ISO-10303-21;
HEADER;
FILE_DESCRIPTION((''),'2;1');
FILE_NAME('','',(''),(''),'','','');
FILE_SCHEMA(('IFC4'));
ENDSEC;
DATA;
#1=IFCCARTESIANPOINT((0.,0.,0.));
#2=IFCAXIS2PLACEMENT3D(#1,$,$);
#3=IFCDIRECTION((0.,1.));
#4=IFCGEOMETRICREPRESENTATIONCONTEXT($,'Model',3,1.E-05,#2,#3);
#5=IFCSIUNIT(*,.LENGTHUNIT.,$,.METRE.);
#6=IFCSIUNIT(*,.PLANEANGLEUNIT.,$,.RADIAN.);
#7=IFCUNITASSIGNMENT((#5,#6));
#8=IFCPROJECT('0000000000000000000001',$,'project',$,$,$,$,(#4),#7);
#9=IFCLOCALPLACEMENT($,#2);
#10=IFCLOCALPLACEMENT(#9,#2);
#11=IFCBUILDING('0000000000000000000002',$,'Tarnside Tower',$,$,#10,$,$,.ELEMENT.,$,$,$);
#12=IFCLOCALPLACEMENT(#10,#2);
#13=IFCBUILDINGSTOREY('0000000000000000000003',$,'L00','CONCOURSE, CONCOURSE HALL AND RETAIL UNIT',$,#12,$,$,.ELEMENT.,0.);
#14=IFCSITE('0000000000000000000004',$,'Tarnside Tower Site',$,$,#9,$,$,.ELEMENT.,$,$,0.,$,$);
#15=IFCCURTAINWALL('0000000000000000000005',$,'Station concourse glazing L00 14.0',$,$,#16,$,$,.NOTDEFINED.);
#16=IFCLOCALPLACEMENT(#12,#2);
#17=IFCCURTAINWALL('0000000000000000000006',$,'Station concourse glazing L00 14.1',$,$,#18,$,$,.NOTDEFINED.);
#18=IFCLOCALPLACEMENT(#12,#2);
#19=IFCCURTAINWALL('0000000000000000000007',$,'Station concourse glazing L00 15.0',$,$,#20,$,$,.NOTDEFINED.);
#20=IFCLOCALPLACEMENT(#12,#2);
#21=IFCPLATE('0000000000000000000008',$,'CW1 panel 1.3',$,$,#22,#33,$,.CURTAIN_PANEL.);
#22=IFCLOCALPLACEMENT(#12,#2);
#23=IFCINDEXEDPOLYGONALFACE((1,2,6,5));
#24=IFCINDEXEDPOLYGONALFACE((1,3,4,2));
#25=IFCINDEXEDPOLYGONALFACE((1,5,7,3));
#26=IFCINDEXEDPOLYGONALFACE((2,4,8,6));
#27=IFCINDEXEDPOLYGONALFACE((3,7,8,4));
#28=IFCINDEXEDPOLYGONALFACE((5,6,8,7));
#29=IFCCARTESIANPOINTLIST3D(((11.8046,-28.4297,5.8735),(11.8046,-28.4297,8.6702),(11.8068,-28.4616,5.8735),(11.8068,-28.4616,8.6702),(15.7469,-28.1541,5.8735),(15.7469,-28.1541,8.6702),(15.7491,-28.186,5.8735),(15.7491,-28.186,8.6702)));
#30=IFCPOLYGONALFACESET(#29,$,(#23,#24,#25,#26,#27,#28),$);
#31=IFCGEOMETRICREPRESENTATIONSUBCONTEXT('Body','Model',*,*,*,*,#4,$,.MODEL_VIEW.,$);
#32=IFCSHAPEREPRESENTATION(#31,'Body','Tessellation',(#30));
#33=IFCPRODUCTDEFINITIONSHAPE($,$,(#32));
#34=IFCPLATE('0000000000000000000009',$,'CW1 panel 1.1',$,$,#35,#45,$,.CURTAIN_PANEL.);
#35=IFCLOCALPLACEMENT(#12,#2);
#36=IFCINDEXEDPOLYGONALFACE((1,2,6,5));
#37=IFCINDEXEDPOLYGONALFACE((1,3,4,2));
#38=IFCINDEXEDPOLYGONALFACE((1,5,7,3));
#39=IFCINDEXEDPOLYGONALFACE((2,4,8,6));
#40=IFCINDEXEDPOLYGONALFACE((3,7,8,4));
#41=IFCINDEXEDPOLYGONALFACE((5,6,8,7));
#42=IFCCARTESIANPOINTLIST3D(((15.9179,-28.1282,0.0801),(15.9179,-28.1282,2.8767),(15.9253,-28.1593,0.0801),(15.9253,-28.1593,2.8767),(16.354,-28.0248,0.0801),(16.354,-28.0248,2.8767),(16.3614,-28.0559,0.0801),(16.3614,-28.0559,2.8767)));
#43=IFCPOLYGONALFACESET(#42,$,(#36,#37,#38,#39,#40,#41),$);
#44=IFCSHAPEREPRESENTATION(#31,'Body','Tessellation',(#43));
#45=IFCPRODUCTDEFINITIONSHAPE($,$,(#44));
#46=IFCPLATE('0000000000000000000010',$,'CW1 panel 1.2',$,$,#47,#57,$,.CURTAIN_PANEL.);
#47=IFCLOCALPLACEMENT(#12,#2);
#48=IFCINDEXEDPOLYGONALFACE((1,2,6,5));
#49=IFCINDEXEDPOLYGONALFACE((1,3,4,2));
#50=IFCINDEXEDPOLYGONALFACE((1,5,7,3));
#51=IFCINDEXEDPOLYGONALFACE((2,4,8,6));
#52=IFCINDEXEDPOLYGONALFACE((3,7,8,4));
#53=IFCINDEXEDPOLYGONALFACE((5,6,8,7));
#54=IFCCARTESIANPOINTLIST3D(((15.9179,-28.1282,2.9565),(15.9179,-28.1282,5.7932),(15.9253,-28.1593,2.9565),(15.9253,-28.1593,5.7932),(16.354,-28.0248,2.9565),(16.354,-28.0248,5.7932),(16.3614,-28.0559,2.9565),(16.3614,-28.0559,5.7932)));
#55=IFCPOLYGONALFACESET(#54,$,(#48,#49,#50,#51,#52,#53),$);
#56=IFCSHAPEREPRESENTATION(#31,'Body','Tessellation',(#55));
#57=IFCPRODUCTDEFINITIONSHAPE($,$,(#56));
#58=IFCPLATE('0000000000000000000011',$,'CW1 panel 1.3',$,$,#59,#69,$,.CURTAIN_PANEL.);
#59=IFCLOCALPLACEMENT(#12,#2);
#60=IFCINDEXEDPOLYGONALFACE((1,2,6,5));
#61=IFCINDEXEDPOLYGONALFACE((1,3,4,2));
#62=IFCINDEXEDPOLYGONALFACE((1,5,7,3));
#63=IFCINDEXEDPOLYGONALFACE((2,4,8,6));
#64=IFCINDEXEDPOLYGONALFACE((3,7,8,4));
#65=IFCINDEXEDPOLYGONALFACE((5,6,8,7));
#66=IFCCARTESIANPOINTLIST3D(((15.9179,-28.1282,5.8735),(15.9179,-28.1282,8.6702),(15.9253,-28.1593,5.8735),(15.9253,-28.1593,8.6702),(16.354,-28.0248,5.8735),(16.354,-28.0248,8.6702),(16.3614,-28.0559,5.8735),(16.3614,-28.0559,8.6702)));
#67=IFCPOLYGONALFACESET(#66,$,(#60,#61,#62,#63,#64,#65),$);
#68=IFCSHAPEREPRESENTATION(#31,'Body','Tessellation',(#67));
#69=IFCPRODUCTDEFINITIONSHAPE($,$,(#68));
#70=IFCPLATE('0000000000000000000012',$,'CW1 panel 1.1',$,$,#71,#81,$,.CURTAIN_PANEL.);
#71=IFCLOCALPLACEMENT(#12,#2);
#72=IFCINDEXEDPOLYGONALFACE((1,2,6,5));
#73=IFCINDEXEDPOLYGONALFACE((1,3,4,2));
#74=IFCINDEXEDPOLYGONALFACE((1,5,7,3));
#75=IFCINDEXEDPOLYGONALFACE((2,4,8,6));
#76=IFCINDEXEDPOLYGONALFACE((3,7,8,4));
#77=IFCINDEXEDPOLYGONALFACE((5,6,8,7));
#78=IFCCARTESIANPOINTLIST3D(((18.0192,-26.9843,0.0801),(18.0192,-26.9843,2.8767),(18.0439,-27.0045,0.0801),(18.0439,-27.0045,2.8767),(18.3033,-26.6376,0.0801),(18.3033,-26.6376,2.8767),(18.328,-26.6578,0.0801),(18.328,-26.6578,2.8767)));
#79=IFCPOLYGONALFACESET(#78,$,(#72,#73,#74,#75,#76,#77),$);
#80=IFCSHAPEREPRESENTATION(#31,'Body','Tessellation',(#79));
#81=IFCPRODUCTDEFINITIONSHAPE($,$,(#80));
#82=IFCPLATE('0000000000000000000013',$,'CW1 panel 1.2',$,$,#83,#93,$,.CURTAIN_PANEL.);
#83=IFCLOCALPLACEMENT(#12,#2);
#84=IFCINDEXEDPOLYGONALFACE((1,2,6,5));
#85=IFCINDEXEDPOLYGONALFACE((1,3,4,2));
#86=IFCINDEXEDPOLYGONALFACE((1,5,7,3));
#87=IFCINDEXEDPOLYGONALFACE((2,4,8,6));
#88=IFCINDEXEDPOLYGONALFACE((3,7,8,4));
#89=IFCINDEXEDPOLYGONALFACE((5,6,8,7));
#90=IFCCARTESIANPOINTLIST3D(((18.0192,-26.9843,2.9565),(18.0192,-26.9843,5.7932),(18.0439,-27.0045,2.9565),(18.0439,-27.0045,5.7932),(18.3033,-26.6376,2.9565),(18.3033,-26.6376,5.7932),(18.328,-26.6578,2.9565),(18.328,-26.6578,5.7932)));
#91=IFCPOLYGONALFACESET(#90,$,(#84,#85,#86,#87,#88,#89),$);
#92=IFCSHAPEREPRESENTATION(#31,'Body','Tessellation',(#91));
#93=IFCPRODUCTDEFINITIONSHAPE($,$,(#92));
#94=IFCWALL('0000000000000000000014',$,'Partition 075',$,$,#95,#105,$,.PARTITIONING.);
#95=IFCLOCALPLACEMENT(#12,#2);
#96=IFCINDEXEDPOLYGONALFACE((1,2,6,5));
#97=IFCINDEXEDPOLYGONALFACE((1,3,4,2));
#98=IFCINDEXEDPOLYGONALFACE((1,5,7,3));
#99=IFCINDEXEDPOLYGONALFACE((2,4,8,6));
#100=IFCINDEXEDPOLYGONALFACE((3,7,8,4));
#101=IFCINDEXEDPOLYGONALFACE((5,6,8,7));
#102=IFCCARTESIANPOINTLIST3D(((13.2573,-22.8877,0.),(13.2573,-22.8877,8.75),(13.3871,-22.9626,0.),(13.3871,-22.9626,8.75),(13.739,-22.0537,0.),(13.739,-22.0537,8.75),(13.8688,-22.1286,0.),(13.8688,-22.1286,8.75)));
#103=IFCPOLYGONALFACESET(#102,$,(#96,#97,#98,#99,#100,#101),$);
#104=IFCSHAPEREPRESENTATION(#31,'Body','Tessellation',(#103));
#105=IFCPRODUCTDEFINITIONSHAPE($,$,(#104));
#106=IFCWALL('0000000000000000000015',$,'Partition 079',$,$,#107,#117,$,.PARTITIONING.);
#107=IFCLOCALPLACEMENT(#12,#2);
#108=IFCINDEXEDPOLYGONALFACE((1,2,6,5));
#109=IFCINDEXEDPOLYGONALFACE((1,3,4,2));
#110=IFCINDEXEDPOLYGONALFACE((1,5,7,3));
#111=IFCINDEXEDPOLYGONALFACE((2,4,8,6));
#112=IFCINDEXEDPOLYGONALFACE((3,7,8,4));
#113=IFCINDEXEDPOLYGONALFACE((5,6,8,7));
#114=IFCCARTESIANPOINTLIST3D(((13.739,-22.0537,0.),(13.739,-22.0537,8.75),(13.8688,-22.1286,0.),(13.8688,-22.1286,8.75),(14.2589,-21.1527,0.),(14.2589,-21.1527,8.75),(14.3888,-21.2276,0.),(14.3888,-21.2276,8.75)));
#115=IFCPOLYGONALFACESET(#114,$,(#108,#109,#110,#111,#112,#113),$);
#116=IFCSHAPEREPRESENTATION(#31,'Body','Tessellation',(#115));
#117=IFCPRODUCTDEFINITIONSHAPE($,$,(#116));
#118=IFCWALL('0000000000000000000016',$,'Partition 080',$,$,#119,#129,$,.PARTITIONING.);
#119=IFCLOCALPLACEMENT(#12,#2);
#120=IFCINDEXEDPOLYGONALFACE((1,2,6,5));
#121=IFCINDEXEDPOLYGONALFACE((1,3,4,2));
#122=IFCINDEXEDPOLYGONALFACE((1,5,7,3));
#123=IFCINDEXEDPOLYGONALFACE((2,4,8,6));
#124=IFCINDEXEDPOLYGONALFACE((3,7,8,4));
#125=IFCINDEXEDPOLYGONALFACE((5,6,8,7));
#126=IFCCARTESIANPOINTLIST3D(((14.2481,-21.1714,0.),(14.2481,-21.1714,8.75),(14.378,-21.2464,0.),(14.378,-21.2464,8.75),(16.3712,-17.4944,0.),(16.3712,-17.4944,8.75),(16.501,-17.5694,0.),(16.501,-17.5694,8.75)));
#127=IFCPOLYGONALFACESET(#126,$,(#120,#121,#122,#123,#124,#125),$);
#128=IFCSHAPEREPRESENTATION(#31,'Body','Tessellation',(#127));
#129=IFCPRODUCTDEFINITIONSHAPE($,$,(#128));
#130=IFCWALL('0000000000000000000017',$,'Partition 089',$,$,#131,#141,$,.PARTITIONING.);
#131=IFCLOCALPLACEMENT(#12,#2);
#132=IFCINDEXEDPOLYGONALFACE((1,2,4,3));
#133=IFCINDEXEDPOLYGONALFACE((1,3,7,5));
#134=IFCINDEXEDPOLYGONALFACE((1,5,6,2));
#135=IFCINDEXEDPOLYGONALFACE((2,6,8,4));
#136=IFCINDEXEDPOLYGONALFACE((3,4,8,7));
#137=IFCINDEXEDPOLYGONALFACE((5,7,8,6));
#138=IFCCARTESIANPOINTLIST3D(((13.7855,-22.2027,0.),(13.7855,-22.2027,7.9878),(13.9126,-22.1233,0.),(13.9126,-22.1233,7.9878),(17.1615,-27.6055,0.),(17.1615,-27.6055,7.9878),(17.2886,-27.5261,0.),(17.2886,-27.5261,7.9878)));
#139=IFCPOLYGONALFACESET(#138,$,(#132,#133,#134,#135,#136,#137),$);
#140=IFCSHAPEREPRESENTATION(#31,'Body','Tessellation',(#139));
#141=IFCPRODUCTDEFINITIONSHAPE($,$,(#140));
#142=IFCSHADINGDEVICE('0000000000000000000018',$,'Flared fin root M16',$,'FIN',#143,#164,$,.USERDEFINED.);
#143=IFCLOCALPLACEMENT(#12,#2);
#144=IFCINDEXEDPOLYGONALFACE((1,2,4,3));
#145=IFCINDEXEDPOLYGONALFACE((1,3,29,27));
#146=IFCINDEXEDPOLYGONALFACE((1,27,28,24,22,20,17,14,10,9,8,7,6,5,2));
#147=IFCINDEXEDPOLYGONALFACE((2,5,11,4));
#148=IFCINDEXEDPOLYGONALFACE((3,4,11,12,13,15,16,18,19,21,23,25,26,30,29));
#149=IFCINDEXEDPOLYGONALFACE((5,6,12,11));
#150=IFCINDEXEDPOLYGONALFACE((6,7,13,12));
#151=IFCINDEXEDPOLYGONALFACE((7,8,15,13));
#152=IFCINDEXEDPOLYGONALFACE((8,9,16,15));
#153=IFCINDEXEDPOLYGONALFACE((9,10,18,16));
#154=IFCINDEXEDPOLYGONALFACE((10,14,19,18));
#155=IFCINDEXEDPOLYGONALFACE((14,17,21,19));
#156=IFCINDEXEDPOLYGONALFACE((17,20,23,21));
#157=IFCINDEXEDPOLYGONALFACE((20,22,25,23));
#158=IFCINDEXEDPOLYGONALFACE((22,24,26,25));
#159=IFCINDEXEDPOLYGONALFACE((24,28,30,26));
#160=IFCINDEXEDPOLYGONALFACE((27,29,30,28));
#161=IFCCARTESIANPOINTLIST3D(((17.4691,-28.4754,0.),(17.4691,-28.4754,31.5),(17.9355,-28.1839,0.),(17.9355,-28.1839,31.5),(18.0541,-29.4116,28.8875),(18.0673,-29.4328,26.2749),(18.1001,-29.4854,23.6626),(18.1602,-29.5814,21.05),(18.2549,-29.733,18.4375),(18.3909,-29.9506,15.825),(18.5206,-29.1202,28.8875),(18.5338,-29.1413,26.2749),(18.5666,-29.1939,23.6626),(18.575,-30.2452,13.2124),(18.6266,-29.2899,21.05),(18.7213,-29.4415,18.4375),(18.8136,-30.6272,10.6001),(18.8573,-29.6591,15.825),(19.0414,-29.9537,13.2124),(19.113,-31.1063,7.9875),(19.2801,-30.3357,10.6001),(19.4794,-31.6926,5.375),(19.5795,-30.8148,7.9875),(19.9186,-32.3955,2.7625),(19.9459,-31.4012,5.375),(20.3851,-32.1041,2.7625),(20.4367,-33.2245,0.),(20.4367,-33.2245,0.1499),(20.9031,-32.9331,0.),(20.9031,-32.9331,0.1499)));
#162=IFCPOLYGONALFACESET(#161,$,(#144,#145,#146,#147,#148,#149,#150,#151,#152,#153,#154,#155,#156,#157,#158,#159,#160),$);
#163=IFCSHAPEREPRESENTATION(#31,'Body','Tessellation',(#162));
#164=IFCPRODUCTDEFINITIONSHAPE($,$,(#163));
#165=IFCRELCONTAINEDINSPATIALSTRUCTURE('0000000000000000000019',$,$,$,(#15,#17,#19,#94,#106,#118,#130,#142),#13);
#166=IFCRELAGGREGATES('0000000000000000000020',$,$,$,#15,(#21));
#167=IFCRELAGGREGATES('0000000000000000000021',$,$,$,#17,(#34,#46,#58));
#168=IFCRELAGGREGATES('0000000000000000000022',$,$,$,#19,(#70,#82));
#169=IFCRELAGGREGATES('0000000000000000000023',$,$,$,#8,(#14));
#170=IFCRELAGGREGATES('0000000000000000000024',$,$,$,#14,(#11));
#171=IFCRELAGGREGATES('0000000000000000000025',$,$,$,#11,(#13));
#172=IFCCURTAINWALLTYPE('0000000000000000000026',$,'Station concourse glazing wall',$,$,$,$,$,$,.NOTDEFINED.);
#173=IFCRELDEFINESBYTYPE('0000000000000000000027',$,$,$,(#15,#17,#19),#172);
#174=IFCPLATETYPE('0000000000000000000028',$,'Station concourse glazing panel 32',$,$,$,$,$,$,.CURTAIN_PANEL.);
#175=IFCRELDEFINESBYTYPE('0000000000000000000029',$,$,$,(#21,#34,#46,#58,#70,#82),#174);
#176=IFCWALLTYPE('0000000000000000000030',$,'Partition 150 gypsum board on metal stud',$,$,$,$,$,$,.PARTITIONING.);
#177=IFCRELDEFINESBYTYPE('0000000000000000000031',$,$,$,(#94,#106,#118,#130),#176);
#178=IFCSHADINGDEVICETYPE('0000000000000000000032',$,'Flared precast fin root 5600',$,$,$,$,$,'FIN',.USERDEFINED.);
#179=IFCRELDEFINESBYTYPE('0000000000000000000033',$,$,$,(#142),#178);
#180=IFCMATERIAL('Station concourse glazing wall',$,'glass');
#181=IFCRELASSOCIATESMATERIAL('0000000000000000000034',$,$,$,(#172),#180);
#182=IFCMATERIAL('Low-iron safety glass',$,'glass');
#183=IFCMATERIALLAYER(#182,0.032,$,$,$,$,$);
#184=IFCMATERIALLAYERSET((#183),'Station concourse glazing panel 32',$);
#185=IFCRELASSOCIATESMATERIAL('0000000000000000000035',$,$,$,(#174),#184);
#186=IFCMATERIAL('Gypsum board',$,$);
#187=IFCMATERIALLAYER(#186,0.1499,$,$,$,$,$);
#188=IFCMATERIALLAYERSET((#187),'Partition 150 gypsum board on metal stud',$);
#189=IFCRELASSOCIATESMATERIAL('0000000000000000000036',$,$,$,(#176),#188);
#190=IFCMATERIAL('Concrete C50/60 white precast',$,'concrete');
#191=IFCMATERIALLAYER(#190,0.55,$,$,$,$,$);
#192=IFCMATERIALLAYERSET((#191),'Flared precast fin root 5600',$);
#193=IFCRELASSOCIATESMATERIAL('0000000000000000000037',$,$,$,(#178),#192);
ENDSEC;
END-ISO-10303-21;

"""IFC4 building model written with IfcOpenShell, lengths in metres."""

from ifc_helpers import new_model, si_unit, direction, frame, frame_2d, origin, origin_2d, place, context, subcontext, project, spatial, polyline, rectangle, outline, extrude, material, layer, layer_set, type_object, element, aggregate, save


model = new_model("IFC4")

# Units and contexts
model_context = context("Model", 3, precision=1e-05, world=origin(), true_north=direction((0.0, 1.0)))
body_context = subcontext(model_context, "Body", "Model", "MODEL_VIEW")
ifc_project = project(units=[si_unit("LENGTHUNIT", "METRE"), si_unit("PLANEANGLEUNIT", "RADIAN")], contexts=[model_context])

# Site, building, storey
site_placement = place(None, origin())
site = spatial("IfcSite", under=ifc_project, at=site_placement, Name="Tarnside Tower Site", CompositionType="ELEMENT", RefElevation=0.0)
building_placement = place(site_placement, origin())
building = spatial("IfcBuilding", under=site, at=building_placement, Name="Tarnside Tower", CompositionType="ELEMENT")
storey_placement = place(building_placement, origin())
storey = spatial("IfcBuildingStorey", under=building, at=storey_placement, Name="L00", Description="CONCOURSE, CONCOURSE HALL AND RETAIL UNIT", CompositionType="ELEMENT", Elevation=0.0)

# Curtain wall
ifc_material_1 = material(Name="Station concourse glazing wall", Category="glass")
curtain_wall_type = type_object("IfcCurtainWallType", Name="Station concourse glazing wall", PredefinedType="NOTDEFINED", material=ifc_material_1)
curtain_wall_1_placement = place(storey_placement, origin())
curtain_wall_1 = element("IfcCurtainWall", 1, at=curtain_wall_1_placement, inside=storey, type_object=curtain_wall_type, Name="Station concourse glazing L00 14.0", PredefinedType="NOTDEFINED")

# Curtain wall
curtain_wall_2_placement = place(storey_placement, origin())
curtain_wall_2 = element("IfcCurtainWall", 2, at=curtain_wall_2_placement, inside=storey, type_object=curtain_wall_type, Name="Station concourse glazing L00 14.1", PredefinedType="NOTDEFINED")

# Curtain wall
curtain_wall_3_placement = place(storey_placement, origin())
curtain_wall_3 = element("IfcCurtainWall", 3, at=curtain_wall_3_placement, inside=storey, type_object=curtain_wall_type, Name="Station concourse glazing L00 15.0", PredefinedType="NOTDEFINED")

# Plates
ifc_material_2 = material(Name="Low-iron safety glass", Category="glass")
ifc_layer_1 = layer(ifc_material_2, 0.032)
ifc_layer_set_1 = layer_set([ifc_layer_1], Name="Station concourse glazing panel 32")
plate_type = type_object("IfcPlateType", Name="Station concourse glazing panel 32", PredefinedType="CURTAIN_PANEL", material=ifc_layer_set_1)
plate_1_placement = place(storey_placement, frame((13.7769, -28.3079, 5.8735), z_axis=(0.0, 0.0, 1.0), x_axis=(0.997564, 0.069756, 0.0)))
plate_1 = element("IfcPlate", 4, at=plate_1_placement, type_object=plate_type, Name="CW1 panel 1.3", PredefinedType="CURTAIN_PANEL", context=body_context, shape_type="SweptSolid", body=[
    extrude(rectangle(XDim=3.9519, YDim=0.032, at=origin_2d()), origin(), (0.0, 0.0, 1.0), 2.7966),
])
aggregate(curtain_wall_1, [plate_1])
plate_2_placement = place(storey_placement, frame((16.1396, -28.092, 0.0801), z_axis=(0.0, 0.0, 1.0), x_axis=(0.973045, 0.230616, 0.0)))
plate_2 = element("IfcPlate", 5, at=plate_2_placement, type_object=plate_type, Name="CW1 panel 1.1", PredefinedType="CURTAIN_PANEL", context=body_context, shape_type="SweptSolid", body=[
    extrude(rectangle(XDim=0.4482, YDim=0.032, at=origin_2d()), origin(), (0.0, 0.0, 1.0), 2.7966),
])
plate_3_placement = place(storey_placement, frame((16.1396, -28.092, 2.9565), z_axis=(0.0, 0.0, 1.0), x_axis=(0.973045, 0.230616, 0.0)))
plate_3 = element("IfcPlate", 6, at=plate_3_placement, type_object=plate_type, Name="CW1 panel 1.2", PredefinedType="CURTAIN_PANEL", context=body_context, shape_type="SweptSolid", body=[
    extrude(rectangle(XDim=0.4482, YDim=0.032, at=origin_2d()), origin(), (0.0, 0.0, 1.0), 2.8367),
])
plate_4_placement = place(storey_placement, frame((16.1396, -28.092, 5.8735), z_axis=(0.0, 0.0, 1.0), x_axis=(0.973045, 0.230616, 0.0)))
plate_4 = element("IfcPlate", 7, at=plate_4_placement, type_object=plate_type, Name="CW1 panel 1.3", PredefinedType="CURTAIN_PANEL", context=body_context, shape_type="SweptSolid", body=[
    extrude(rectangle(XDim=0.4482, YDim=0.032, at=origin_2d()), origin(), (0.0, 0.0, 1.0), 2.7966),
])
aggregate(curtain_wall_2, [plate_2, plate_3, plate_4])
plate_5_placement = place(storey_placement, frame((18.1736, -26.821, 0.0801), z_axis=(0.0, 0.0, 1.0), x_axis=(0.633831, 0.773472, 0.0)))
plate_5 = element("IfcPlate", 8, at=plate_5_placement, type_object=plate_type, Name="CW1 panel 1.1", PredefinedType="CURTAIN_PANEL", context=body_context, shape_type="SweptSolid", body=[
    extrude(rectangle(XDim=0.4482, YDim=0.032, at=origin_2d()), origin(), (0.0, 0.0, 1.0), 2.7966),
])
plate_6_placement = place(storey_placement, frame((18.1736, -26.821, 2.9565), z_axis=(0.0, 0.0, 1.0), x_axis=(0.633831, 0.773472, 0.0)))
plate_6 = element("IfcPlate", 9, at=plate_6_placement, type_object=plate_type, Name="CW1 panel 1.2", PredefinedType="CURTAIN_PANEL", context=body_context, shape_type="SweptSolid", body=[
    extrude(rectangle(XDim=0.4482, YDim=0.032, at=origin_2d()), origin(), (0.0, 0.0, 1.0), 2.8367),
])
aggregate(curtain_wall_3, [plate_5, plate_6])

# Walls
ifc_material_3 = material(Name="Gypsum board")
ifc_layer_2 = layer(ifc_material_3, 0.1499)
ifc_layer_set_2 = layer_set([ifc_layer_2], Name="Partition 150 gypsum board on metal stud")
wall_type = type_object("IfcWallType", Name="Partition 150 gypsum board on metal stud", PredefinedType="PARTITIONING", material=ifc_layer_set_2)
wall_1_placement = place(storey_placement, frame((13.3223, -22.925, 0.0), z_axis=(0.0, 0.0, 1.0), x_axis=(0.500147, 0.865941, 0.0)))
element("IfcWall", 10, at=wall_1_placement, inside=storey, type_object=wall_type, Name="Partition 075", PredefinedType="PARTITIONING", context=body_context, shape_type="SweptSolid", body=[
    extrude(rectangle(XDim=0.9631, YDim=0.1499, at=frame_2d((0.4814, 0.0))), origin(), (0.0, 0.0, 1.0), 8.75),
])
wall_2_placement = place(storey_placement, frame((13.804, -22.0911, 0.0), z_axis=(0.0, 0.0, 1.0), x_axis=(0.499824, 0.866127, 0.0)))
element("IfcWall", 11, at=wall_2_placement, inside=storey, type_object=wall_type, Name="Partition 079", PredefinedType="PARTITIONING", context=body_context, shape_type="SweptSolid", body=[
    extrude(rectangle(XDim=1.0403, YDim=0.1499, at=frame_2d((0.52, 0.0))), origin(), (0.0, 0.0, 1.0), 8.75),
])
wall_3_placement = place(storey_placement, frame((14.313, -21.209, 0.0), z_axis=(0.0, 0.0, 1.0), x_axis=(0.500023, 0.866012, 0.0)))
element("IfcWall", 12, at=wall_3_placement, inside=storey, type_object=wall_type, Name="Partition 080", PredefinedType="PARTITIONING", context=body_context, shape_type="SweptSolid", body=[
    extrude(rectangle(XDim=4.2458, YDim=0.1499, at=frame_2d((2.123, 0.0))), origin(), (0.0, 0.0, 1.0), 8.75),
])
wall_4_placement = place(storey_placement, frame((17.2251, -27.5659, 0.0), z_axis=(0.0, 0.0, 1.0), x_axis=(-0.529909, 0.848054, 0.0)))
element("IfcWall", 13, at=wall_4_placement, inside=storey, type_object=wall_type, Name="Partition 089", PredefinedType="PARTITIONING", context=body_context, shape_type="SweptSolid", body=[
    extrude(rectangle(XDim=6.3708, YDim=0.1499, at=frame_2d((3.1855, 0.0))), origin(), (0.0, 0.0, 1.0), 7.9878),
])

# Shading device
ifc_material_4 = material(Name="Concrete C50/60 white precast", Category="concrete")
ifc_layer_3 = layer(ifc_material_4, 0.55)
ifc_layer_set_3 = layer_set([ifc_layer_3], Name="Flared precast fin root 5600")
shading_device_type = type_object("IfcShadingDeviceType", Name="Flared precast fin root 5600", ElementType="FIN", PredefinedType="USERDEFINED", material=ifc_layer_set_3)
shading_device_placement = place(storey_placement, frame((17.7024, -28.3296, 0.0), z_axis=(-0.848048, -0.529919, 0.0), x_axis=(0.529919, -0.848048, 0.0)))
element("IfcShadingDevice", 14, at=shading_device_placement, inside=storey, type_object=shading_device_type, Name="Flared fin root M16", ObjectType="FIN", PredefinedType="USERDEFINED", context=body_context, shape_type="SweptSolid", body=[
    extrude(outline(polyline([(0.0, 0.0), (5.6001, 0.0), (5.6001, 0.1499), (4.6226, 2.7625), (3.7937, 5.375), (3.1023, 7.9875), (2.5374, 10.6001), (2.0869, 13.2124), (1.7395, 15.825), (1.4829, 18.4375), (1.3042, 21.05), (1.1909, 23.6626), (1.1289, 26.2749), (1.104, 28.8875), (0.0, 31.5), (0.0, 0.0)])), frame((0.0, 0.0, -0.2749)), (0.0, 0.0, 1.0), 0.55),
])

save(model, "model.ifc")
